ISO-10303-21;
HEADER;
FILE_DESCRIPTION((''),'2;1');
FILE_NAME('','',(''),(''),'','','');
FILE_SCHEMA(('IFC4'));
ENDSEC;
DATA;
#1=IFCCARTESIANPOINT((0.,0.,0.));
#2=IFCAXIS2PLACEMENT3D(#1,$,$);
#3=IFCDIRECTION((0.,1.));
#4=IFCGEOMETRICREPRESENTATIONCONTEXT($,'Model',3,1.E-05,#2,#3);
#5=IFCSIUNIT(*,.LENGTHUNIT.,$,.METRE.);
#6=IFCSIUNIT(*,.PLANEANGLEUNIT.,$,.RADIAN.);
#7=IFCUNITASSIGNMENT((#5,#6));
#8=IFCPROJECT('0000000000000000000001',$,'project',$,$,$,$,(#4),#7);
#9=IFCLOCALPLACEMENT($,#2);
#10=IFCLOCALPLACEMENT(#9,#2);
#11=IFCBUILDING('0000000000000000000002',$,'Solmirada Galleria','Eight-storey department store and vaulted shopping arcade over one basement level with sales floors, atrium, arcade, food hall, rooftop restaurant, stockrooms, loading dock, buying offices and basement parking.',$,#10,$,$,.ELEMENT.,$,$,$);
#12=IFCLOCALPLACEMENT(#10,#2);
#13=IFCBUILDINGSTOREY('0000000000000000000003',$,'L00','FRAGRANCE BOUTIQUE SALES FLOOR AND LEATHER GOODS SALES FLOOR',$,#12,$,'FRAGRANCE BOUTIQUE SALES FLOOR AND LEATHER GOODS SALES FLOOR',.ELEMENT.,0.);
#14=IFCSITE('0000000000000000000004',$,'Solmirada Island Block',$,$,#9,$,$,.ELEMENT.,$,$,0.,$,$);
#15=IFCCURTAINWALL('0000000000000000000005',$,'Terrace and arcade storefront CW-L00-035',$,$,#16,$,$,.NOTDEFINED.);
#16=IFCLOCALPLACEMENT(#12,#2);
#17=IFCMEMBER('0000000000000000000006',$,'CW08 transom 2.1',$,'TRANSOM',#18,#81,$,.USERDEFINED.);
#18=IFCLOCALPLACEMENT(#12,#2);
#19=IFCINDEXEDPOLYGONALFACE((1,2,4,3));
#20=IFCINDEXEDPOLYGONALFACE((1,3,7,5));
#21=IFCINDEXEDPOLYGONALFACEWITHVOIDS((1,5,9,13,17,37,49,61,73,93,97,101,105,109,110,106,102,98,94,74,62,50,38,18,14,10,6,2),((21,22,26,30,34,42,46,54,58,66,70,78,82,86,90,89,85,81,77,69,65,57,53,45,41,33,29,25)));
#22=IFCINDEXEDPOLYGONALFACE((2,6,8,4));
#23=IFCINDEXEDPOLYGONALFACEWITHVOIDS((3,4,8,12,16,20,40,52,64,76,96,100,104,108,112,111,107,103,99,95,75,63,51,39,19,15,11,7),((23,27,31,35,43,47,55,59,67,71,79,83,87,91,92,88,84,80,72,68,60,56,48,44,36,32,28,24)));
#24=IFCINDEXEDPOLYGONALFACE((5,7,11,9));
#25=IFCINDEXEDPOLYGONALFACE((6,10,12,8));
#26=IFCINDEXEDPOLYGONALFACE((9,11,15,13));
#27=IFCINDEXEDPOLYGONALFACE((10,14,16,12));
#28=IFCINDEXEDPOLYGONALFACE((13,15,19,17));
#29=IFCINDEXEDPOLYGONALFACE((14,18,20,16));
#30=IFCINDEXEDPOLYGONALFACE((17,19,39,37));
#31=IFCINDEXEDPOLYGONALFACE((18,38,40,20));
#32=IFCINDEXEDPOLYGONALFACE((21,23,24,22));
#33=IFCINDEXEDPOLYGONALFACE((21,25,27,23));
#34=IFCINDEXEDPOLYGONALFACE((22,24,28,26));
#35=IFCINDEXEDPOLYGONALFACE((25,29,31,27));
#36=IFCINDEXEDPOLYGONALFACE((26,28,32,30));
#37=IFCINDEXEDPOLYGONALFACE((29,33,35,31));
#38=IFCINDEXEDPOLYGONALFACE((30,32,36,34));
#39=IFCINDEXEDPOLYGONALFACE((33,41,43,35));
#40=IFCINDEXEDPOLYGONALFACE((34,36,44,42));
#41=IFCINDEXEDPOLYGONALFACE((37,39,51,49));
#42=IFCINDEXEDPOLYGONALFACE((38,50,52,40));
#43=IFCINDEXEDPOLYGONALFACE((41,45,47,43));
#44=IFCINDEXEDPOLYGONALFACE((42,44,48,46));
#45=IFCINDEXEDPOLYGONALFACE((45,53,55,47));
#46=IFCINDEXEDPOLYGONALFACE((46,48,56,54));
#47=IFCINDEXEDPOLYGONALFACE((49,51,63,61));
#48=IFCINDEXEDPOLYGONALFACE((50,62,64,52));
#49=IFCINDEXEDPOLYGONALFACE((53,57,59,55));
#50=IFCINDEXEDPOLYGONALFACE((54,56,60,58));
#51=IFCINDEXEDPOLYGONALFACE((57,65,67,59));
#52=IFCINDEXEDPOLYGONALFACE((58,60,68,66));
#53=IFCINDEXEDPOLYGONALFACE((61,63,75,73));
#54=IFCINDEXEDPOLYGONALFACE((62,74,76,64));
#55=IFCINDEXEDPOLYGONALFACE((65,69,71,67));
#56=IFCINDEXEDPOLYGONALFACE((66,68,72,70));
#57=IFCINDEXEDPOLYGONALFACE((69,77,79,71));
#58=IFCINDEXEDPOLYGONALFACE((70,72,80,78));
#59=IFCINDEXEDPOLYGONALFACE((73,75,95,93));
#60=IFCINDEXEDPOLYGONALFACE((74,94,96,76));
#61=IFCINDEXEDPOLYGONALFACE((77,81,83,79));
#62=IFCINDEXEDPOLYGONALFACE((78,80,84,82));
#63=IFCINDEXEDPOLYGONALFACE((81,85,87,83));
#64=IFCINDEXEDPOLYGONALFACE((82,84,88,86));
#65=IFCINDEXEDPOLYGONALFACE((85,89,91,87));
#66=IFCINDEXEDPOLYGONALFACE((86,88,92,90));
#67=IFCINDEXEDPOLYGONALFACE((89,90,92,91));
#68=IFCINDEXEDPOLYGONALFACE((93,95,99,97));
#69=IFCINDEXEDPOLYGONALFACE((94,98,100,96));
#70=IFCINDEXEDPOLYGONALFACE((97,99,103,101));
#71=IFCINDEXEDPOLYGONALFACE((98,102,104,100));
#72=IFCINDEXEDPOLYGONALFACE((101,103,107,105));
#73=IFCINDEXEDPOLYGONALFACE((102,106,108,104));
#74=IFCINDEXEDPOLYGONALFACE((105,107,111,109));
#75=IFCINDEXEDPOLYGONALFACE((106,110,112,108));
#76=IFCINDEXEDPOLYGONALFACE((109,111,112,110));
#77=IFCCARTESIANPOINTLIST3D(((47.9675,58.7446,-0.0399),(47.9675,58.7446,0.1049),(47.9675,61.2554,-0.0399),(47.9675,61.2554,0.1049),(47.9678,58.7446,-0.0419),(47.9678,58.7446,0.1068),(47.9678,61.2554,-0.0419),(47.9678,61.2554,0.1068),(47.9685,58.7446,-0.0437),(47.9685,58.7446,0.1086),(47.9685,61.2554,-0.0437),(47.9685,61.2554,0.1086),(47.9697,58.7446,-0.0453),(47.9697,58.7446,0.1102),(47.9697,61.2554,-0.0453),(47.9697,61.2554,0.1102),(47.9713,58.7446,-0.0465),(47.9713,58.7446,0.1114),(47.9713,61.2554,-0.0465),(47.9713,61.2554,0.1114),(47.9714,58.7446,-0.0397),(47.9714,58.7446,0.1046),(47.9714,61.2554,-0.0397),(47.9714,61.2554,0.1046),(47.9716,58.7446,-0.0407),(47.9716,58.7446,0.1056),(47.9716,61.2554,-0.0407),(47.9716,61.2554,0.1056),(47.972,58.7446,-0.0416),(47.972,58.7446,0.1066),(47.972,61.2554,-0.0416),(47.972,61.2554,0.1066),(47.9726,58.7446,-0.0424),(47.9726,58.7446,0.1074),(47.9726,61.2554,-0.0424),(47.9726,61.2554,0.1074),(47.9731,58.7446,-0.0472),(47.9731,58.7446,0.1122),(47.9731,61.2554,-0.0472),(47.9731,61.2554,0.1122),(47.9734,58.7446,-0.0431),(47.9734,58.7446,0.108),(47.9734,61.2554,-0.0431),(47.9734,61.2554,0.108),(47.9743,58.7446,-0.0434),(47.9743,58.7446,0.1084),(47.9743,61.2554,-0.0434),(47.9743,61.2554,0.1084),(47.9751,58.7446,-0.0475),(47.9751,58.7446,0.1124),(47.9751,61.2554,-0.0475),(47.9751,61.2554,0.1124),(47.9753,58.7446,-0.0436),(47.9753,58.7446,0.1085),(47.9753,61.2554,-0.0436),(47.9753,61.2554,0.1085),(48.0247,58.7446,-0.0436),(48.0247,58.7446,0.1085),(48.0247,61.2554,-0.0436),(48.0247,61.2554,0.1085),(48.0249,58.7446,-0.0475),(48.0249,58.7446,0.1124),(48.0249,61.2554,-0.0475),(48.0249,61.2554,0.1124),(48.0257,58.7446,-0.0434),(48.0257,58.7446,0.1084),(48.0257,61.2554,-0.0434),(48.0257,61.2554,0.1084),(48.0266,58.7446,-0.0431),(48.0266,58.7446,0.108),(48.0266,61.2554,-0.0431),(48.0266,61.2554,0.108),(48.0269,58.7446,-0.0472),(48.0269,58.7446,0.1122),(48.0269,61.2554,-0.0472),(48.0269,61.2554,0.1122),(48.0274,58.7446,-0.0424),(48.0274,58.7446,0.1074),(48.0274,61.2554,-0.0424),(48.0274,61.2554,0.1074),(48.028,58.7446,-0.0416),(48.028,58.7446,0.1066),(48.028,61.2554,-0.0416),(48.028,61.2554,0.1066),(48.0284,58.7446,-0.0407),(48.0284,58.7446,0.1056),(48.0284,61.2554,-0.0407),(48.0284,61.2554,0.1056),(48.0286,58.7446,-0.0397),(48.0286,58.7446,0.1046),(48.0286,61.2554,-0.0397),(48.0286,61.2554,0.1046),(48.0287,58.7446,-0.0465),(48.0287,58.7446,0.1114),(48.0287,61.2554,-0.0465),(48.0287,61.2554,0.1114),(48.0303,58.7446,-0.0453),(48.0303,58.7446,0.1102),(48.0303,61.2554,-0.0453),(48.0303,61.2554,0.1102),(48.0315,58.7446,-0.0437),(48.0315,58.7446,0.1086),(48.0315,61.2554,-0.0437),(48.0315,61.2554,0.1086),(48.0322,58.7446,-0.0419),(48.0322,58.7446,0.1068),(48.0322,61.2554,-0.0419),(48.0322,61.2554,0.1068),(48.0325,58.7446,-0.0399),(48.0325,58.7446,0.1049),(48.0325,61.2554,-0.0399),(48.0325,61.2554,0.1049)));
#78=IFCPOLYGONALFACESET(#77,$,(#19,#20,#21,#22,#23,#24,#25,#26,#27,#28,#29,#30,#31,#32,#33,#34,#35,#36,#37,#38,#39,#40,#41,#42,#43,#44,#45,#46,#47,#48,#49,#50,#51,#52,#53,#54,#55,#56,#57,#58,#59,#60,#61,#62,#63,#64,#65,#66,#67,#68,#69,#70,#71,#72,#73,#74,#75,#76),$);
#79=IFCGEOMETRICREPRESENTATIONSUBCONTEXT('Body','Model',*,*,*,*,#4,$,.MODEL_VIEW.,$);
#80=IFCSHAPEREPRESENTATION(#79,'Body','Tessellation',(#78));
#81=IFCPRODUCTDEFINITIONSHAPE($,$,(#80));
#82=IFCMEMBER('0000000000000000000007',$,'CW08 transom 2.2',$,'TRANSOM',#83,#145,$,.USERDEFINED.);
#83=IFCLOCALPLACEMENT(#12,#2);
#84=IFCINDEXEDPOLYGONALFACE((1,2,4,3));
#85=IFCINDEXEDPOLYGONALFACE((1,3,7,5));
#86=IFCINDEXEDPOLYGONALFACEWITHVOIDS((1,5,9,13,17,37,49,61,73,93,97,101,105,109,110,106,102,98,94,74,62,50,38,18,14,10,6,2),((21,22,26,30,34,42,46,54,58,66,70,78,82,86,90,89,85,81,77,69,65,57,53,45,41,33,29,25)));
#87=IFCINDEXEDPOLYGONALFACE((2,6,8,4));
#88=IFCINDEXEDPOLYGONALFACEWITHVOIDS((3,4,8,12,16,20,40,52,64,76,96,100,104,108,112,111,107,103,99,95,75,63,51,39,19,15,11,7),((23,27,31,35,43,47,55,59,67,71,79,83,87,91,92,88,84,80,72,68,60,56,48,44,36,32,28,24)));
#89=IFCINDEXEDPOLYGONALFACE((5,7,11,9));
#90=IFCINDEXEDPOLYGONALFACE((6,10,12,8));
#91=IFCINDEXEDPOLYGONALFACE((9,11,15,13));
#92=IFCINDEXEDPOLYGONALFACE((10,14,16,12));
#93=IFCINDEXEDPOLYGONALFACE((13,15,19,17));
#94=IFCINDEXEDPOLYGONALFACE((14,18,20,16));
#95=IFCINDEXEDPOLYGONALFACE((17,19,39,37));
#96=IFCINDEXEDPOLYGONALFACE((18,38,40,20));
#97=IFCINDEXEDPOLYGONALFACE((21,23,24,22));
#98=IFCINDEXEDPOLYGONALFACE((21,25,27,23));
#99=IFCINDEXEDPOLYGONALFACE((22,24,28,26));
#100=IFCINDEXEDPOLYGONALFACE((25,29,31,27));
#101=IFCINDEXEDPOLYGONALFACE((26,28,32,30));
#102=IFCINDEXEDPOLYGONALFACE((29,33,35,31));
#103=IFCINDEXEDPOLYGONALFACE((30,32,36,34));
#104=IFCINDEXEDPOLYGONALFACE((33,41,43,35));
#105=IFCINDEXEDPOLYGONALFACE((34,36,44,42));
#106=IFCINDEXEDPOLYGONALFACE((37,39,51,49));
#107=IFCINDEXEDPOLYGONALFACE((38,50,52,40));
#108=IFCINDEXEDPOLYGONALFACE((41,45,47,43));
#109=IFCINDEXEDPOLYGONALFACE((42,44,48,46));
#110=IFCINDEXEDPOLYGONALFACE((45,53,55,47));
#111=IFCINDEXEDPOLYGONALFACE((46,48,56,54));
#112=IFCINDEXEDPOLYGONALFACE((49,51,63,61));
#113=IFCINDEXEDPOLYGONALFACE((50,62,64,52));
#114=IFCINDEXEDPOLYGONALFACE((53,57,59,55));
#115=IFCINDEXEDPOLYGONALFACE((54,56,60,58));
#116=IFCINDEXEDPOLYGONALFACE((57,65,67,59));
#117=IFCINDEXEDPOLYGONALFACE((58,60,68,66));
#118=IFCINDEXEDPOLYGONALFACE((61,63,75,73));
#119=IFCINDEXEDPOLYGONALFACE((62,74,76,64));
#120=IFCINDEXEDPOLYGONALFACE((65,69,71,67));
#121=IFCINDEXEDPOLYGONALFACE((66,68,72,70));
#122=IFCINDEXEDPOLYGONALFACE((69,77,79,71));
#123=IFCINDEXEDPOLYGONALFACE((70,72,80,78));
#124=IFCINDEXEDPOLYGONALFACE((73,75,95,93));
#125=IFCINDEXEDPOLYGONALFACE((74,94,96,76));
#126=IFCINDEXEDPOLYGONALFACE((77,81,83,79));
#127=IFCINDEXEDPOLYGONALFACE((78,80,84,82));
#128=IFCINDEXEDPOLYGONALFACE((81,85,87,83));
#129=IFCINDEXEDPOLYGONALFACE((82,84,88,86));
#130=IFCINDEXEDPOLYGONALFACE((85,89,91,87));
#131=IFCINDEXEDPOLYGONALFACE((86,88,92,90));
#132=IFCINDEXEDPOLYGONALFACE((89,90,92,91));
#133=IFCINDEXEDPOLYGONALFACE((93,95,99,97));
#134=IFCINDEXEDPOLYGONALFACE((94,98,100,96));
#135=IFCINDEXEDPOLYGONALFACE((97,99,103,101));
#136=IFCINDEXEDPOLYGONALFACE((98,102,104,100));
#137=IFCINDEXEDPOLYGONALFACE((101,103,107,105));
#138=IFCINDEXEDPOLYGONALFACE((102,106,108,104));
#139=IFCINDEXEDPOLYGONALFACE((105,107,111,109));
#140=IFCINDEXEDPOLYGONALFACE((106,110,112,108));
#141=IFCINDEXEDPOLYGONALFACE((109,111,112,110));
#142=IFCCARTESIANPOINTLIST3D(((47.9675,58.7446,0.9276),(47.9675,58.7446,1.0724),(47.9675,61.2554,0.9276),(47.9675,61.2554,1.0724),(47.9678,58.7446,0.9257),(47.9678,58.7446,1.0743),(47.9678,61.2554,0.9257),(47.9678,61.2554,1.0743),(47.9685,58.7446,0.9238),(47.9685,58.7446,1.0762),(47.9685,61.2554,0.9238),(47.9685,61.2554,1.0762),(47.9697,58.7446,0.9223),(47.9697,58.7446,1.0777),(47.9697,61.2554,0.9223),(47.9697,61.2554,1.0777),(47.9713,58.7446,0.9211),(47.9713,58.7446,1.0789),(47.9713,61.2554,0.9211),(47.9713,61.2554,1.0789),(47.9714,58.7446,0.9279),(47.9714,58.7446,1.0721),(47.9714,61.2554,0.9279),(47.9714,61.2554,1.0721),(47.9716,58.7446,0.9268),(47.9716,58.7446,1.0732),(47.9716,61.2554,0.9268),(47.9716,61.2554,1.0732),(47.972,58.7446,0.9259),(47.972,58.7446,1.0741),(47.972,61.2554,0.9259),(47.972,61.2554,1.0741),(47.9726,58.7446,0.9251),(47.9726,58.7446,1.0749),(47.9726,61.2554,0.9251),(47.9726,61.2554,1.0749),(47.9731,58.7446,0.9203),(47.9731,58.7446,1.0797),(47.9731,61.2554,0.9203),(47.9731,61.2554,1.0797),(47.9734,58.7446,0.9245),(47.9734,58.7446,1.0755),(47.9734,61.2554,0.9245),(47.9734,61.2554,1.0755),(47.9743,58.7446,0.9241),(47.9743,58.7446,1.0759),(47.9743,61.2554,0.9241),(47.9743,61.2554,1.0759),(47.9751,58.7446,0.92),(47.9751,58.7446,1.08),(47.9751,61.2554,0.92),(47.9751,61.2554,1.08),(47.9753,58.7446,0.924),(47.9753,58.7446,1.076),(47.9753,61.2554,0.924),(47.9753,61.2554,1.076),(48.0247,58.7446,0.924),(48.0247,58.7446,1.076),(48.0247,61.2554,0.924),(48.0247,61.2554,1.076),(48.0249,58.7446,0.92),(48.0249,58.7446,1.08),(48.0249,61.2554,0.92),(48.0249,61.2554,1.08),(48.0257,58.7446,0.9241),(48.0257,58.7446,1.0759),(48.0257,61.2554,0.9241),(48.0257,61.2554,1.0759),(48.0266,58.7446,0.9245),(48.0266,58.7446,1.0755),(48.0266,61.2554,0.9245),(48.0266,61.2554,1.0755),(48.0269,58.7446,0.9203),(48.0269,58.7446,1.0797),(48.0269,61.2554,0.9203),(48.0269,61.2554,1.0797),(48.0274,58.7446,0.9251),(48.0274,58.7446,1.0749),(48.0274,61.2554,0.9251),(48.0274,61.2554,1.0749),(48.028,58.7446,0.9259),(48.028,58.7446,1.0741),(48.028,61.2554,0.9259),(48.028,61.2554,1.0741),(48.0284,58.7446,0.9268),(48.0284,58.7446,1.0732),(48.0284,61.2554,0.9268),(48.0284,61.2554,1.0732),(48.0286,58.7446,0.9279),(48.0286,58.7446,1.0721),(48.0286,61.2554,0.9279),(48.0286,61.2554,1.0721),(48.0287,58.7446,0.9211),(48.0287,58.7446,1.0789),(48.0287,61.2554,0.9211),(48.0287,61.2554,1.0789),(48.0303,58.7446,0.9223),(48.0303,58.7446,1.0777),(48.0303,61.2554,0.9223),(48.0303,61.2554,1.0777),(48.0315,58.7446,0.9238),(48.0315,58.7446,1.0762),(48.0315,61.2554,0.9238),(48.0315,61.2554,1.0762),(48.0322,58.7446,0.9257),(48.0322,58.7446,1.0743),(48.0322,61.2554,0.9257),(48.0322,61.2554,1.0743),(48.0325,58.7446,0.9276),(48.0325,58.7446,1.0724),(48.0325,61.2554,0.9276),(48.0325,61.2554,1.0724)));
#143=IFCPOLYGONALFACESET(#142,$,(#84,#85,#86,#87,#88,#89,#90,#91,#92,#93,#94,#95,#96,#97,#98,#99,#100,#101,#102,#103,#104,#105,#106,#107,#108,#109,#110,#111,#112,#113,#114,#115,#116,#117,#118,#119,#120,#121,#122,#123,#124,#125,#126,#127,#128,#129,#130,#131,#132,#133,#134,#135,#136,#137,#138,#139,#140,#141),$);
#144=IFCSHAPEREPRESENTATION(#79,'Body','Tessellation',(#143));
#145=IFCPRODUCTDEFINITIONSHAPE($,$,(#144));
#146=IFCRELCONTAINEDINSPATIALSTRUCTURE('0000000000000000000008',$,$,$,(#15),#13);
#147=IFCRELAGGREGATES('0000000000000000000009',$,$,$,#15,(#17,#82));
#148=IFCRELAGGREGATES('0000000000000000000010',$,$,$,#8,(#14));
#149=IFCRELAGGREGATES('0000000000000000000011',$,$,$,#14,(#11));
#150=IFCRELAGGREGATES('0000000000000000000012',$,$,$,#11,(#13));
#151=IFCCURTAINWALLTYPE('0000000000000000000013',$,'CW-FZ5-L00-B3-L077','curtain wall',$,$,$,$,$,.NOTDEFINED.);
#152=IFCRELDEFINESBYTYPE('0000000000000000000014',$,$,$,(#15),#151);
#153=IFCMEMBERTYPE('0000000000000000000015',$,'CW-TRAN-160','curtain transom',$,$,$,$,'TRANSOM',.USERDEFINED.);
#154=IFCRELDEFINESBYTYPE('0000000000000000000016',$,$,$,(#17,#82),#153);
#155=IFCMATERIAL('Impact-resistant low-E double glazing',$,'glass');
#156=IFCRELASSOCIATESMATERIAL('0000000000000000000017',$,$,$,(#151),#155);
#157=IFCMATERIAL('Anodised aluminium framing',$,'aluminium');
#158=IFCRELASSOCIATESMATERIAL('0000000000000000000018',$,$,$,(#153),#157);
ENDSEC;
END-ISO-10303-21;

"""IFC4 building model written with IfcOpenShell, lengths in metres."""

from ifc_helpers import new_model, si_unit, direction, frame, origin, origin_2d, place, context, subcontext, project, spatial, hollow_rectangle, extrude, material, material_profile, profile_set, type_object, element, aggregate, save


model = new_model("IFC4")

# Units and contexts
model_context = context("Model", 3, precision=1e-05, world=origin(), true_north=direction((0.0, 1.0)))
body_context = subcontext(model_context, "Body", "Model", "MODEL_VIEW")
ifc_project = project(units=[si_unit("LENGTHUNIT", "METRE"), si_unit("PLANEANGLEUNIT", "RADIAN")], contexts=[model_context])

# Site, building, storey
site_placement = place(None, origin())
site = spatial("IfcSite", under=ifc_project, at=site_placement, Name="Solmirada Island Block", CompositionType="ELEMENT", RefElevation=0.0)
building_placement = place(site_placement, origin())
building = spatial("IfcBuilding", under=site, at=building_placement, Name="Solmirada Galleria", Description="Eight-storey department store and vaulted shopping arcade over one basement level with sales floors, atrium, arcade, food hall, rooftop restaurant, stockrooms, loading dock, buying offices and basement parking.", CompositionType="ELEMENT")
storey_placement = place(building_placement, origin())
storey = spatial("IfcBuildingStorey", under=building, at=storey_placement, Name="L00", Description="FRAGRANCE BOUTIQUE SALES FLOOR AND LEATHER GOODS SALES FLOOR", LongName="FRAGRANCE BOUTIQUE SALES FLOOR AND LEATHER GOODS SALES FLOOR", CompositionType="ELEMENT", Elevation=0.0)

# Curtain wall
ifc_material_1 = material(Name="Impact-resistant low-E double glazing", Category="glass")
curtain_wall_type = type_object("IfcCurtainWallType", Name="CW-FZ5-L00-B3-L077", Description="curtain wall", PredefinedType="NOTDEFINED", material=ifc_material_1)
ifc_material_2 = material(Name="Anodised aluminium framing", Category="aluminium")
curtain_wall_1_placement = place(storey_placement, origin())
curtain_wall_1 = element("IfcCurtainWall", 1, at=curtain_wall_1_placement, inside=storey, type_object=curtain_wall_type, Name="Terrace and arcade storefront CW-L00-035", PredefinedType="NOTDEFINED")

# Members
ifc_material_profile_1 = material_profile(ifc_material_2, hollow_rectangle(XDim=0.0649, YDim=0.1599, WallThickness=0.0039, InnerFilletRadius=0.0039, OuterFilletRadius=0.0076, at=origin_2d()), Name="ALU-TRAN-160X65")
ifc_profile_set_1 = profile_set([ifc_material_profile_1], Name="Anodised aluminium framing")
member_type_1 = type_object("IfcMemberType", Name="CW-TRAN-160", Description="curtain transom", ElementType="TRANSOM", PredefinedType="USERDEFINED", material=ifc_profile_set_1)
member_1_placement = place(storey_placement, frame((48.0, 58.7446, 0.0325), z_axis=(0.0, 1.0, 0.0), x_axis=(-1.0, 0.0, 0.0)))
member_1 = element("IfcMember", 2, at=member_1_placement, type_object=member_type_1, Name="CW08 transom 2.1", ObjectType="TRANSOM", PredefinedType="USERDEFINED", context=body_context, shape_type="SweptSolid", body=[
    extrude(hollow_rectangle(XDim=0.0649, YDim=0.1599, WallThickness=0.0039, InnerFilletRadius=0.0039, OuterFilletRadius=0.0076, at=origin_2d()), origin(), (0.0, 0.0, 1.0), 2.5107),
])
member_2_placement = place(storey_placement, frame((48.0, 58.7446, 1.0), z_axis=(0.0, 1.0, 0.0), x_axis=(-1.0, 0.0, 0.0)))
member_2 = element("IfcMember", 3, at=member_2_placement, type_object=member_type_1, Name="CW08 transom 2.2", ObjectType="TRANSOM", PredefinedType="USERDEFINED", context=body_context, shape_type="SweptSolid", body=[
    extrude(hollow_rectangle(XDim=0.0649, YDim=0.1599, WallThickness=0.0039, InnerFilletRadius=0.0039, OuterFilletRadius=0.0076, at=origin_2d()), origin(), (0.0, 0.0, 1.0), 2.5107),
])

aggregate(curtain_wall_1, [member_1, member_2])

save(model, "model.ifc")
